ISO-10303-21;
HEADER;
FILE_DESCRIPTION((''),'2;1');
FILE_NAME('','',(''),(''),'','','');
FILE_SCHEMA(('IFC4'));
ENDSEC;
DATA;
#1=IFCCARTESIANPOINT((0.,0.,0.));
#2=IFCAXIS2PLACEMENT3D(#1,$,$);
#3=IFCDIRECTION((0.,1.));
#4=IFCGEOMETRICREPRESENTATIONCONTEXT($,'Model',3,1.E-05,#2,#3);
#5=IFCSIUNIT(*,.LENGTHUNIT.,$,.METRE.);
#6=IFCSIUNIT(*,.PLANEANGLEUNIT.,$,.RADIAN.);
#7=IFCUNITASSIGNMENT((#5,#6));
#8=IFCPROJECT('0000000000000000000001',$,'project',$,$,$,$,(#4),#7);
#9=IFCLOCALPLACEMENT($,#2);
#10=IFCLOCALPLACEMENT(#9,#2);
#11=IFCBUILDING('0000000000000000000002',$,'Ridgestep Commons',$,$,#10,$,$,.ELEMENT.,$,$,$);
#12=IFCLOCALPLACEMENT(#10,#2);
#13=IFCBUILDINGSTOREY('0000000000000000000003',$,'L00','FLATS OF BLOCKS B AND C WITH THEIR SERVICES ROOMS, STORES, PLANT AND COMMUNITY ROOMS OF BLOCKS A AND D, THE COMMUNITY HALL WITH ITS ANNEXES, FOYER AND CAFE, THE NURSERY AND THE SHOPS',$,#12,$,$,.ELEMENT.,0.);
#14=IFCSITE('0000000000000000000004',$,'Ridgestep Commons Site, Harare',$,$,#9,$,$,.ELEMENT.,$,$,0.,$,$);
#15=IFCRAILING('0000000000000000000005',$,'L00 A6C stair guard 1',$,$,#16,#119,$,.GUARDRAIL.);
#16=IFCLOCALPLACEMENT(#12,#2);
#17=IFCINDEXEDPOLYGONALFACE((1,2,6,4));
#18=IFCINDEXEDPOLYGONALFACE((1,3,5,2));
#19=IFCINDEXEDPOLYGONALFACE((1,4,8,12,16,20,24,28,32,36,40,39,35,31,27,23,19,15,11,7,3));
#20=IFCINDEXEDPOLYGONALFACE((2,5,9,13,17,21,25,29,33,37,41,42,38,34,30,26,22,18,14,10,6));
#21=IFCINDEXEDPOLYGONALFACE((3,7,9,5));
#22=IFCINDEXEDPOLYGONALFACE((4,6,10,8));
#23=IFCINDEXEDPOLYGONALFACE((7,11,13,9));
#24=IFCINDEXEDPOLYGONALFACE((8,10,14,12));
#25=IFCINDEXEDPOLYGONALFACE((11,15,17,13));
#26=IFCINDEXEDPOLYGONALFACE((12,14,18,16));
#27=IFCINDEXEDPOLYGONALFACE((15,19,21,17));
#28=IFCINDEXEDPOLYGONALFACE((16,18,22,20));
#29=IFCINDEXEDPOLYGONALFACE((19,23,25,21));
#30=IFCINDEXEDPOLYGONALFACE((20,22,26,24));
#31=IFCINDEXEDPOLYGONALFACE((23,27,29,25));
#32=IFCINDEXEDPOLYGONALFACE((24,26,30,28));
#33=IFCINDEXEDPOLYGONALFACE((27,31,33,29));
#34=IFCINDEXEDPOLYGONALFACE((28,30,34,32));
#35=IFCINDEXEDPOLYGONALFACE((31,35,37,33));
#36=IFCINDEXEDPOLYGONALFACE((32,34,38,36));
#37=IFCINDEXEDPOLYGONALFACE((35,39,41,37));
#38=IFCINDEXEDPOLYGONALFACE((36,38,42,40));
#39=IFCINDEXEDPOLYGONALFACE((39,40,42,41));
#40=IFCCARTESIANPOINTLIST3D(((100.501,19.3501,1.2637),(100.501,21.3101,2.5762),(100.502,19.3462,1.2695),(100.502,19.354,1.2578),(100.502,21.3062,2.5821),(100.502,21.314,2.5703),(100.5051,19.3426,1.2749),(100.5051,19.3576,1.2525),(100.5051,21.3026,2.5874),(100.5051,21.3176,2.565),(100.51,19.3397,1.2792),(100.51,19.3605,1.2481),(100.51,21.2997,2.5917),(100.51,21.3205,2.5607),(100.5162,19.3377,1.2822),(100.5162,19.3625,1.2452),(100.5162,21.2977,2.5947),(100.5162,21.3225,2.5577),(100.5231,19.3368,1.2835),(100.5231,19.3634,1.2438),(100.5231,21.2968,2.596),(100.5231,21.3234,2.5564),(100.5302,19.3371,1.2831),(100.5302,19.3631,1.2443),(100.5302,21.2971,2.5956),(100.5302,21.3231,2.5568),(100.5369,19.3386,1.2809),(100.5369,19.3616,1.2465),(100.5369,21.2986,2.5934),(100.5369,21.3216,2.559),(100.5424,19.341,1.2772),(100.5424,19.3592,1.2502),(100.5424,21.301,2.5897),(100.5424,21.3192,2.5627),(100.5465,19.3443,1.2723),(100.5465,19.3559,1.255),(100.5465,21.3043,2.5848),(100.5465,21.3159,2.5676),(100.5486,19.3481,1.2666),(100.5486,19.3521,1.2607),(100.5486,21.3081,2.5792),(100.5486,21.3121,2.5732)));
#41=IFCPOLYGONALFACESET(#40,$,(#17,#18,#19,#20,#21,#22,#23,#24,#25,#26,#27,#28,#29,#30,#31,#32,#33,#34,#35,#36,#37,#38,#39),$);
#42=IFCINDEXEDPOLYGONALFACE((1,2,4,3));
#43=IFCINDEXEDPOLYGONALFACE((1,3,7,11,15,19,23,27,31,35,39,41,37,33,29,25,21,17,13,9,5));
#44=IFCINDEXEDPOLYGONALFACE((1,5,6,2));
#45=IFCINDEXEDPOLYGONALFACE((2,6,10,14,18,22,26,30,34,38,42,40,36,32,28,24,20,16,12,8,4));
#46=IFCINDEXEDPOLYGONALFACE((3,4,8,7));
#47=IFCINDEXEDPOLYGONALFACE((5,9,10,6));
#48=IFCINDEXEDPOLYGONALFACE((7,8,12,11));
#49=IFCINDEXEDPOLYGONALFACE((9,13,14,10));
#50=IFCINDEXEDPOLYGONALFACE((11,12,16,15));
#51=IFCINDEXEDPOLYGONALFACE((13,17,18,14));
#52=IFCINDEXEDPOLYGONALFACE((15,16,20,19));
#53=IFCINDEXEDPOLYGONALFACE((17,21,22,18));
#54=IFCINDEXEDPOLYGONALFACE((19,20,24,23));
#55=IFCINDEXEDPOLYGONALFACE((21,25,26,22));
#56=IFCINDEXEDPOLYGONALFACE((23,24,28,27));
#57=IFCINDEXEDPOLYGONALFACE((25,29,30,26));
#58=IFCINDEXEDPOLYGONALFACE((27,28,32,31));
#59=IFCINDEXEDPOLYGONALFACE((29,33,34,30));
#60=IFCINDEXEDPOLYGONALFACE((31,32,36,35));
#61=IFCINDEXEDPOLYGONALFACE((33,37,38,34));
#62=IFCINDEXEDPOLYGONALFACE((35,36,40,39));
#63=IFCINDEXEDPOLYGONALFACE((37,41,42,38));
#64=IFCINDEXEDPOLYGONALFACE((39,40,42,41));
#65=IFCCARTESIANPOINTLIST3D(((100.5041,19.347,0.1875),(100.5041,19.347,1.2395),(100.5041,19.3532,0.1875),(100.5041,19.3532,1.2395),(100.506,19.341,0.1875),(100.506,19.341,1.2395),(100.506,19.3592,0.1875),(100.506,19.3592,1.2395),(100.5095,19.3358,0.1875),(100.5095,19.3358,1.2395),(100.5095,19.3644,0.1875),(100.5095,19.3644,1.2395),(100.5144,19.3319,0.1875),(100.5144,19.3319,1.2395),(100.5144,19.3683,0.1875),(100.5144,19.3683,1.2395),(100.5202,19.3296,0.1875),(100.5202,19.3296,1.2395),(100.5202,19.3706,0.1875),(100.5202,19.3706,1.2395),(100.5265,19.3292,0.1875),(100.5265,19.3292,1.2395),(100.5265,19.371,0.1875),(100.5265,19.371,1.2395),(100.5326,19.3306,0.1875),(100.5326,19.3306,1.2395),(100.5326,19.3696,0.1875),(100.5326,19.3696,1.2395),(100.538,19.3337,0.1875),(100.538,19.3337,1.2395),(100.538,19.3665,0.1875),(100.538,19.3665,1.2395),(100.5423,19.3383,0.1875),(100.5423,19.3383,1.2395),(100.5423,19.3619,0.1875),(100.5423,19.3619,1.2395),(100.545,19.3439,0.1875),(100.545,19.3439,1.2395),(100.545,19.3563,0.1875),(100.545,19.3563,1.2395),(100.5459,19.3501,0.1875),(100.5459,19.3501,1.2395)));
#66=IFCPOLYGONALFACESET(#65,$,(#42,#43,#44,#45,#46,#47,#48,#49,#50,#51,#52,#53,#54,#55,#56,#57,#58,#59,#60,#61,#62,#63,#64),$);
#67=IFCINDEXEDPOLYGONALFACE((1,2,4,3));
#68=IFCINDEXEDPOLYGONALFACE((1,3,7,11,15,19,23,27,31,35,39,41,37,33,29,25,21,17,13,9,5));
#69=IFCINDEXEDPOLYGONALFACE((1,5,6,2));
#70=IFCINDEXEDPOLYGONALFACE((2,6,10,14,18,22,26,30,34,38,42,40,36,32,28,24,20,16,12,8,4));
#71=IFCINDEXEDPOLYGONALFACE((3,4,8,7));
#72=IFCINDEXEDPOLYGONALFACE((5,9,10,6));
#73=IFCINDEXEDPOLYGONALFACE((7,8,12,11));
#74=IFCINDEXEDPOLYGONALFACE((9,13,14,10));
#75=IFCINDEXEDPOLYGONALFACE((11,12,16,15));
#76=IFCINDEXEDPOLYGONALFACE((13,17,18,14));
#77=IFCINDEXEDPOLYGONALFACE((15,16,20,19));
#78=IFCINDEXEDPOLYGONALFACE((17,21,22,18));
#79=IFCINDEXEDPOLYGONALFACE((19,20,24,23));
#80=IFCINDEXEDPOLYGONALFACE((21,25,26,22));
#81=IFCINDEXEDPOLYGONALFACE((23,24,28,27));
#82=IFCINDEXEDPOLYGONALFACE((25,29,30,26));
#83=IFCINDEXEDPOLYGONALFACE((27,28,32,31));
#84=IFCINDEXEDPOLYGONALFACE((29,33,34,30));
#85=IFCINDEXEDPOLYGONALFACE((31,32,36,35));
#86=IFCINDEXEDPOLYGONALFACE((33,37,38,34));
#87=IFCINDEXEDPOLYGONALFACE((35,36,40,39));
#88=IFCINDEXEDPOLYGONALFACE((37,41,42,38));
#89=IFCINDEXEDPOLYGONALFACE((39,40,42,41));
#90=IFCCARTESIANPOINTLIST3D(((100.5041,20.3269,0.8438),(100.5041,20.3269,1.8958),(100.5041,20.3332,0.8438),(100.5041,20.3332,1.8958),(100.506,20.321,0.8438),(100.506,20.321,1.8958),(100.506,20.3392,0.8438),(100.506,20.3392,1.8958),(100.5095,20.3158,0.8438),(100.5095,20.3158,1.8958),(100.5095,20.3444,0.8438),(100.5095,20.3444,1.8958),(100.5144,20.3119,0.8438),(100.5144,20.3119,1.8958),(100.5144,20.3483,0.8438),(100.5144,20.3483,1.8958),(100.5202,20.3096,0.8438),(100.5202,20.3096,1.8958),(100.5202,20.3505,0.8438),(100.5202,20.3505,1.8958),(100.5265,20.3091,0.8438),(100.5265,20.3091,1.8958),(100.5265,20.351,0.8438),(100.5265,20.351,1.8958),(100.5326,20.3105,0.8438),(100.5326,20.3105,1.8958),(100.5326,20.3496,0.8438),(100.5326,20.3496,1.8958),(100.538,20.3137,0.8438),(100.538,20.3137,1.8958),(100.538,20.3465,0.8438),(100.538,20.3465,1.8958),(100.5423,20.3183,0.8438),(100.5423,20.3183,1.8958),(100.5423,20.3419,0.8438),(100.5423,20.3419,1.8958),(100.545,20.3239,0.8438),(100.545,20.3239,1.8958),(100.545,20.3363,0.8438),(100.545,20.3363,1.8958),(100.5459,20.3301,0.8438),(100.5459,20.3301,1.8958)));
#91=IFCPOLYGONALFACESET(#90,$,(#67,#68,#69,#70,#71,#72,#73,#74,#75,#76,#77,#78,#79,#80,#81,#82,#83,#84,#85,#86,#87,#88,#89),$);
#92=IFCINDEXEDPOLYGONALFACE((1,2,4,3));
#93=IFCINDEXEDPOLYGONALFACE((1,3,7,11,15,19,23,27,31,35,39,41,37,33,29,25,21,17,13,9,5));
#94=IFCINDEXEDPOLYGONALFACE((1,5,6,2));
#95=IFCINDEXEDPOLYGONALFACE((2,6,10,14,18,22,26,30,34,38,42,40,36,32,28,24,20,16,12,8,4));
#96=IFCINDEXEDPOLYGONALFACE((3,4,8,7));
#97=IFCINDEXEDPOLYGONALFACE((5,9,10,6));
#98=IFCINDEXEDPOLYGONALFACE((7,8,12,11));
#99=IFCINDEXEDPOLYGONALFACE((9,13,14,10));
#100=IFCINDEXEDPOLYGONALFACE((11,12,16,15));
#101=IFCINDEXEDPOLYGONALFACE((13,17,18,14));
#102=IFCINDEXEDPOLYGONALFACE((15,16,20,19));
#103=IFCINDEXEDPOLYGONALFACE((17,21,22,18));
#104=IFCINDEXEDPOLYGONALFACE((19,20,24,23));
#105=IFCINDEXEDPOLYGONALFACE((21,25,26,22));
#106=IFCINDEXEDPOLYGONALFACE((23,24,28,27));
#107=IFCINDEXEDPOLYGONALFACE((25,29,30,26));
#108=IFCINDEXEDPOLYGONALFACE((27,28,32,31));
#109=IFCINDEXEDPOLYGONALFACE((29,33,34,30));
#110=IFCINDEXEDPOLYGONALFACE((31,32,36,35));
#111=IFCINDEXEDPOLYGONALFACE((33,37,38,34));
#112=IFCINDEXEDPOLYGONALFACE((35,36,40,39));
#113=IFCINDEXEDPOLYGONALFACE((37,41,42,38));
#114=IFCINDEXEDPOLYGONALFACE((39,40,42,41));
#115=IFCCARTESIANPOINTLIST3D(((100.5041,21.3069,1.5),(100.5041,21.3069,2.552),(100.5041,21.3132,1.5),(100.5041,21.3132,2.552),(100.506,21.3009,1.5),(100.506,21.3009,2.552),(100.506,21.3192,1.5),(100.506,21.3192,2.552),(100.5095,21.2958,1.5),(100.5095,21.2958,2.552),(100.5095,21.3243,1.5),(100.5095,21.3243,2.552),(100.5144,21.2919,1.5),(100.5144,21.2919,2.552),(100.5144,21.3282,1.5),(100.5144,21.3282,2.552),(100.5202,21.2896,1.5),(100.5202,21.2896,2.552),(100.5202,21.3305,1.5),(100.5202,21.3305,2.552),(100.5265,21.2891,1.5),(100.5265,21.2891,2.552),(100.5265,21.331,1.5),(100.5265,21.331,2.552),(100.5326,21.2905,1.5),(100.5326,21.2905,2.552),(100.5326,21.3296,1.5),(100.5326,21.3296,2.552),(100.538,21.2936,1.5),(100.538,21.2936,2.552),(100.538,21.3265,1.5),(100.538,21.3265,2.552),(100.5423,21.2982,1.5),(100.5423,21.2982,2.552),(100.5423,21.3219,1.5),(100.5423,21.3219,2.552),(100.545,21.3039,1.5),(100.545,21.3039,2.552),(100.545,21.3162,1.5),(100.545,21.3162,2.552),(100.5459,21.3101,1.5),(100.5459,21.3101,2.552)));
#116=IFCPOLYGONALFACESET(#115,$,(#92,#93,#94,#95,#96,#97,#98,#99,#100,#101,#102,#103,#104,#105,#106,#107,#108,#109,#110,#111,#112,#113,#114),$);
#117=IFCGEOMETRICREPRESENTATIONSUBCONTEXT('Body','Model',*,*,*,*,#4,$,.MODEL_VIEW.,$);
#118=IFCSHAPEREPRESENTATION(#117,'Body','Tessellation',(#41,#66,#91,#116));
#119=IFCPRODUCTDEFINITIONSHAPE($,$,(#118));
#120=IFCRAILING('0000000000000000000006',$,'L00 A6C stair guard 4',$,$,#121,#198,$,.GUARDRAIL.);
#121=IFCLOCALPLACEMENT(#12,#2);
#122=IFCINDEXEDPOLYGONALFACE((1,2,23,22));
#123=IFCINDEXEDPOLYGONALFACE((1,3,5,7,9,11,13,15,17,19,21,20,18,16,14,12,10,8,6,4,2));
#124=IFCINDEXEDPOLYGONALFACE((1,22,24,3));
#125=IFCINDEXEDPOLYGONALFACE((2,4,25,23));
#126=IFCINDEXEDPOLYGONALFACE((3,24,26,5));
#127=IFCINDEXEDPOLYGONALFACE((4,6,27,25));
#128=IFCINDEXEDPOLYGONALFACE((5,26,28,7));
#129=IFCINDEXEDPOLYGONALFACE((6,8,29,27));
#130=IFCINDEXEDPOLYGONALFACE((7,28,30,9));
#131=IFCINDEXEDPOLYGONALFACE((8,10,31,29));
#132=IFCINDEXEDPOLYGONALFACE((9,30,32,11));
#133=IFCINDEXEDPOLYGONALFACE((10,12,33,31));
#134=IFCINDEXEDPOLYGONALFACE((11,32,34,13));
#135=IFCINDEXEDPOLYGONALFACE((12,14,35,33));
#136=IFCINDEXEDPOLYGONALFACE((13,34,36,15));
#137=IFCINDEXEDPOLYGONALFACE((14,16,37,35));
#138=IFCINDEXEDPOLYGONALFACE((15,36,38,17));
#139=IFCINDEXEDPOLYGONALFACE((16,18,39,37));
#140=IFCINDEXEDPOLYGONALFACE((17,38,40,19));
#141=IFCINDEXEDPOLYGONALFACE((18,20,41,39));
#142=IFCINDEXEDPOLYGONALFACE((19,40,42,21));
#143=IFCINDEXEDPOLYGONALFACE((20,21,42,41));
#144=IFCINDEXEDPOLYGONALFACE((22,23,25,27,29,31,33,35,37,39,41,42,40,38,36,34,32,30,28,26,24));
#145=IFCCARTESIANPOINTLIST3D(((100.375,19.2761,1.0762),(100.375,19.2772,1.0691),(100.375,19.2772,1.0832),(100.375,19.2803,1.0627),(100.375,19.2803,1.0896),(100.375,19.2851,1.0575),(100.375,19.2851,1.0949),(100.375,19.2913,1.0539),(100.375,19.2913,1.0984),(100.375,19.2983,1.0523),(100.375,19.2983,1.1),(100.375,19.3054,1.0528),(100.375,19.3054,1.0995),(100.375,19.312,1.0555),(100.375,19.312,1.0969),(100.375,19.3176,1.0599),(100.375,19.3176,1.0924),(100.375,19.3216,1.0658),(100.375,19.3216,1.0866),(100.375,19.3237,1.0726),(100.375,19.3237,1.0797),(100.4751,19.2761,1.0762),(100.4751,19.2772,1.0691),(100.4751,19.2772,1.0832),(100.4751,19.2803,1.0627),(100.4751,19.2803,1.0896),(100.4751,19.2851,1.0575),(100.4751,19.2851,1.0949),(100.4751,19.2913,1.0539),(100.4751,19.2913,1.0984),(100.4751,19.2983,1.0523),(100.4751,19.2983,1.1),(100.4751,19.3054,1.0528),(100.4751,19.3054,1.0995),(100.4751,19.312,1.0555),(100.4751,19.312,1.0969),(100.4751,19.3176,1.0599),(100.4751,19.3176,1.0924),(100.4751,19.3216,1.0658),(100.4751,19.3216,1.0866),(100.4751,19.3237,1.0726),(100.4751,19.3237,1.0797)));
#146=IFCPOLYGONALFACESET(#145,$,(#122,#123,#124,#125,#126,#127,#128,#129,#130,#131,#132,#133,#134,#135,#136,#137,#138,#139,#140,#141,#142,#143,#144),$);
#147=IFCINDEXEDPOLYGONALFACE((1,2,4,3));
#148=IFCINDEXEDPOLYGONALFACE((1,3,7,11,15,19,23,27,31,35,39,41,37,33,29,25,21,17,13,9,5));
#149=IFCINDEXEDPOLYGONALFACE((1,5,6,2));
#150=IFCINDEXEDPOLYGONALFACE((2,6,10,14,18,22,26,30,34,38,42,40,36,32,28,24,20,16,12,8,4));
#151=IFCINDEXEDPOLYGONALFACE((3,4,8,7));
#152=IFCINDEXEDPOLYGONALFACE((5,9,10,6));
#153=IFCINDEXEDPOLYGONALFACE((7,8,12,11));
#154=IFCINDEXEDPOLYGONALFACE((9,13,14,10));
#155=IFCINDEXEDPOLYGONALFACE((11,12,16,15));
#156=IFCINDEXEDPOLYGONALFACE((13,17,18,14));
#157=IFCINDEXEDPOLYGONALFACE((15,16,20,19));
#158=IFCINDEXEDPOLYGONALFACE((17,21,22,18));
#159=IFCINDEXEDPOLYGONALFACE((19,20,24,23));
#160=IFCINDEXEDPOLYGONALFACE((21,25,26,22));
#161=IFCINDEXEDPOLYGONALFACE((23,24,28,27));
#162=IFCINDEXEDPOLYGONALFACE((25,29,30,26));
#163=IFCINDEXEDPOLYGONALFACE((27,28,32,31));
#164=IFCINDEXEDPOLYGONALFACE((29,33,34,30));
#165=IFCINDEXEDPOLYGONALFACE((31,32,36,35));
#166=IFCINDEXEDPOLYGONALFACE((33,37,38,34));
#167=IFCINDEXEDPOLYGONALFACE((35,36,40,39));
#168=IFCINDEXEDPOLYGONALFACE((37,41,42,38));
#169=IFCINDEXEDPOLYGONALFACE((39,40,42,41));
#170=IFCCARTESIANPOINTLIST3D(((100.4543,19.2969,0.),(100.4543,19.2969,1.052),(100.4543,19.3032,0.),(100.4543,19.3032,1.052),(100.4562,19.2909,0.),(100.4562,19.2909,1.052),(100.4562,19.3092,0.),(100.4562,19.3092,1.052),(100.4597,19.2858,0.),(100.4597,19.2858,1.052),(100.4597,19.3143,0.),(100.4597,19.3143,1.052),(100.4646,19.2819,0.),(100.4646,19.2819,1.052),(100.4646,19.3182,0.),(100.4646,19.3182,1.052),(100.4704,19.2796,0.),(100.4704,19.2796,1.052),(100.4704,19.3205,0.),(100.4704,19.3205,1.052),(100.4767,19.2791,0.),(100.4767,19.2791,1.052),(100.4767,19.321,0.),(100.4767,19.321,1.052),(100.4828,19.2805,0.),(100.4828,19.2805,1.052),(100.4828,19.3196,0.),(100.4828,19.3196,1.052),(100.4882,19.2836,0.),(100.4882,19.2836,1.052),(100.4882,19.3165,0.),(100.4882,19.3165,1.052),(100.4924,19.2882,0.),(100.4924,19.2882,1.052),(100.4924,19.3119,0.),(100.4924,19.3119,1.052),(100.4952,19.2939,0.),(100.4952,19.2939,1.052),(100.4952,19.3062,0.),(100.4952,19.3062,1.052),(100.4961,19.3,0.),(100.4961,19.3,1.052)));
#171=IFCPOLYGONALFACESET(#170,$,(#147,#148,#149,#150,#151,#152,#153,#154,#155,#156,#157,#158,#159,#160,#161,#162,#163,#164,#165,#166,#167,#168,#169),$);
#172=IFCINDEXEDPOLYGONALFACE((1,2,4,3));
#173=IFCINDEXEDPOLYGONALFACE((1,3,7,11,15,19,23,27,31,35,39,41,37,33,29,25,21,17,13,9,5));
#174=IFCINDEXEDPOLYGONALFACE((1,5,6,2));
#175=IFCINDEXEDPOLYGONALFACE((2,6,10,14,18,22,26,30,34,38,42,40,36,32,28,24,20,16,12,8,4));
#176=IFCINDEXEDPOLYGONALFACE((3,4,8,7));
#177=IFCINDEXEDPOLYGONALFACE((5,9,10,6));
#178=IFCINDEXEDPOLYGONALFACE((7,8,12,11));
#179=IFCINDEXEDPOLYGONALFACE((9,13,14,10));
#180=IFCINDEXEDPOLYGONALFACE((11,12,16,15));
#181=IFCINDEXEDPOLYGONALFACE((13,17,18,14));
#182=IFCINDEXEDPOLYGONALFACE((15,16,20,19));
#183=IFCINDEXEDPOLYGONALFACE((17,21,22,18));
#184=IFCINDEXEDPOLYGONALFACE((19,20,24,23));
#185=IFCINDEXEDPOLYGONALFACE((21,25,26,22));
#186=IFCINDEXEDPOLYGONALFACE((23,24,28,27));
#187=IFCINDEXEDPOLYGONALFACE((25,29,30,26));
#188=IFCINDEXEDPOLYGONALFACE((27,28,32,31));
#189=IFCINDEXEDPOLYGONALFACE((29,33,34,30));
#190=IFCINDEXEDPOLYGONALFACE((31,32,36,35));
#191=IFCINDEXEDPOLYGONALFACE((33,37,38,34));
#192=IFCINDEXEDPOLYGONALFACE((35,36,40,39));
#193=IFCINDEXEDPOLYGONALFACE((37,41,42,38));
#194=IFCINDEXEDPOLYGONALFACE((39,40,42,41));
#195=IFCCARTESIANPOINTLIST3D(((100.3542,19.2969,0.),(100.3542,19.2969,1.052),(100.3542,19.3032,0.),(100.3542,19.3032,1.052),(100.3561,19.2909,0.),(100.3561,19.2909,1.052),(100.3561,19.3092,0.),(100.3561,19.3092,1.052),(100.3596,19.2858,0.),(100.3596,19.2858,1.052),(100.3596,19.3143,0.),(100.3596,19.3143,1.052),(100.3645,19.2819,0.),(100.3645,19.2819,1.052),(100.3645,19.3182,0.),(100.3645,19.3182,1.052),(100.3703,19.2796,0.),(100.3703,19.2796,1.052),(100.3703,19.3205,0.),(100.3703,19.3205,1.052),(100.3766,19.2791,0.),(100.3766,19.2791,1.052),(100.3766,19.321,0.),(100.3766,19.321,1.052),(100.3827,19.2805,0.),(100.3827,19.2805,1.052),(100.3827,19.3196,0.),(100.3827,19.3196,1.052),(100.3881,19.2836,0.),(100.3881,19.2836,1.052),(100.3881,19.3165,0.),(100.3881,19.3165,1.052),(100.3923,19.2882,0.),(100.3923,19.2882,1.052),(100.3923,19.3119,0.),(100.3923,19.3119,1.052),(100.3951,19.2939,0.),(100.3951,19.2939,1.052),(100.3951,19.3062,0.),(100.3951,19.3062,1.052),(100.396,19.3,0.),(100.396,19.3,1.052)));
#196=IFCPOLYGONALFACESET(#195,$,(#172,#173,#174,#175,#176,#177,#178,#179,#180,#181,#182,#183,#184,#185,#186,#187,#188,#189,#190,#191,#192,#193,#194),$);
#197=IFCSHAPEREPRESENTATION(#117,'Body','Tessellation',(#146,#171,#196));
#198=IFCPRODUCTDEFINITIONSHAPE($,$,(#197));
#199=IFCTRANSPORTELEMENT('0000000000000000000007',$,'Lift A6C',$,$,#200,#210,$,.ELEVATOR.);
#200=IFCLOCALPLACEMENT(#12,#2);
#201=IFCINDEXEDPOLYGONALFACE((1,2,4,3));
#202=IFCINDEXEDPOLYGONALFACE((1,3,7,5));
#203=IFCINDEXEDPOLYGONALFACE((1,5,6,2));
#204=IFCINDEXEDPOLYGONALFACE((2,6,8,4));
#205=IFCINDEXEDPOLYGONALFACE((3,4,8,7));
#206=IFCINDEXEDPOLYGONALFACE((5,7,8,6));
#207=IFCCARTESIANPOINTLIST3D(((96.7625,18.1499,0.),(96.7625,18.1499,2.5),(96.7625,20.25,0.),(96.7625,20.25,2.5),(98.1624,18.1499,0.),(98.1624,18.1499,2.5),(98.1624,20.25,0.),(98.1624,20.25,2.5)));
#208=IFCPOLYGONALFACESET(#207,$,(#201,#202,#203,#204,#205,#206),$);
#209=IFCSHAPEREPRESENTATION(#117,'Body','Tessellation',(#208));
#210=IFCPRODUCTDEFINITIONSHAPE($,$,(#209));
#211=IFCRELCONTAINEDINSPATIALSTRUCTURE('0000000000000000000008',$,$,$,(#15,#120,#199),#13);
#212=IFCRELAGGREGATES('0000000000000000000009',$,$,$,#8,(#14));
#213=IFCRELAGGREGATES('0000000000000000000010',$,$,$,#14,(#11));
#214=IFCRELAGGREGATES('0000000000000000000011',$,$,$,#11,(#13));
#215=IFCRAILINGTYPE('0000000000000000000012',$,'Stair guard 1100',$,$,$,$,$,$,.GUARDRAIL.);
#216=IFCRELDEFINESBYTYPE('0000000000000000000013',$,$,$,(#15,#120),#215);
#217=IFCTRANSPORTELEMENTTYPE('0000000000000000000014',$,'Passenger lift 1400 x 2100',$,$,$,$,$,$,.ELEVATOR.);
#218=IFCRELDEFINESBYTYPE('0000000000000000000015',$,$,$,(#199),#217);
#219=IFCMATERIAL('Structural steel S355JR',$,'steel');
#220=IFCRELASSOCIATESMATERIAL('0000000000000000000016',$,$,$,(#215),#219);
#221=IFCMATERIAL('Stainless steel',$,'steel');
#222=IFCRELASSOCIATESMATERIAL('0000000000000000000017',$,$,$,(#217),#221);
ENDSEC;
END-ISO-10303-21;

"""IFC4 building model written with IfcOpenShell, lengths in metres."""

from ifc_helpers import new_model, si_unit, direction, frame, origin, origin_2d, place, context, subcontext, project, spatial, rectangle, circle, extrude, material, type_object, element, save


model = new_model("IFC4")

# Units and contexts
model_context = context("Model", 3, precision=1e-05, world=origin(), true_north=direction((0.0, 1.0)))
body_context = subcontext(model_context, "Body", "Model", "MODEL_VIEW")
ifc_project = project(units=[si_unit("LENGTHUNIT", "METRE"), si_unit("PLANEANGLEUNIT", "RADIAN")], contexts=[model_context])

# Site, building, storey
site_placement = place(None, origin())
site = spatial("IfcSite", under=ifc_project, at=site_placement, Name="Ridgestep Commons Site, Harare", CompositionType="ELEMENT", RefElevation=0.0)
building_placement = place(site_placement, origin())
building = spatial("IfcBuilding", under=site, at=building_placement, Name="Ridgestep Commons", CompositionType="ELEMENT")
storey_placement = place(building_placement, origin())
storey = spatial("IfcBuildingStorey", under=building, at=storey_placement, Name="L00", Description="FLATS OF BLOCKS B AND C WITH THEIR SERVICES ROOMS, STORES, PLANT AND COMMUNITY ROOMS OF BLOCKS A AND D, THE COMMUNITY HALL WITH ITS ANNEXES, FOYER AND CAFE, THE NURSERY AND THE SHOPS", CompositionType="ELEMENT", Elevation=0.0)

# Railings
ifc_material_1 = material(Name="Structural steel S355JR", Category="steel")
railing_type_1 = type_object("IfcRailingType", Name="Stair guard 1100", PredefinedType="GUARDRAIL", material=ifc_material_1)
railing_1_placement = place(storey_placement, frame((100.5249, 19.3501, 0.1875)))
element("IfcRailing", 1, at=railing_1_placement, inside=storey, type_object=railing_type_1, Name="L00 A6C stair guard 1", PredefinedType="GUARDRAIL", context=body_context, shape_type="SweptSolid", body=[
    extrude(circle(Radius=0.0239, at=origin_2d()), frame((0.0, 0.0, 1.0762), z_axis=(0.0, 0.830902, 0.556419), x_axis=(-1.0, 0.0, 0.0)), (0.0, 0.0, 1.0), 2.3589),
    extrude(circle(Radius=0.021, at=origin_2d()), origin(), (0.0, 0.0, 1.0), 1.052),
    extrude(circle(Radius=0.021, at=origin_2d()), frame((0.0, 0.98, 0.6562)), (0.0, 0.0, 1.0), 1.052),
    extrude(circle(Radius=0.021, at=origin_2d()), frame((0.0, 1.96, 1.3125)), (0.0, 0.0, 1.0), 1.052),
])
railing_2_placement = place(storey_placement, frame((100.4751, 19.3, 0.0)))
element("IfcRailing", 2, at=railing_2_placement, inside=storey, type_object=railing_type_1, Name="L00 A6C stair guard 4", PredefinedType="GUARDRAIL", context=body_context, shape_type="SweptSolid", body=[
    extrude(circle(Radius=0.0239, at=origin_2d()), frame((0.0, 0.0, 1.0762), z_axis=(-1.0, 0.0, 0.0), x_axis=(0.0, -1.0, 0.0)), (0.0, 0.0, 1.0), 0.1001),
    extrude(circle(Radius=0.021, at=origin_2d()), origin(), (0.0, 0.0, 1.0), 1.052),
    extrude(circle(Radius=0.021, at=origin_2d()), frame((-0.1001, 0.0, 0.0)), (0.0, 0.0, 1.0), 1.052),
])

# Transport element
ifc_material_2 = material(Name="Stainless steel", Category="steel")
transport_element_type = type_object("IfcTransportElementType", Name="Passenger lift 1400 x 2100", PredefinedType="ELEVATOR", material=ifc_material_2)
transport_element_placement = place(storey_placement, frame((97.4624, 19.2, 0.0), z_axis=(0.0, 0.0, 1.0), x_axis=(1.0, 0.0, 0.0)))
element("IfcTransportElement", 3, at=transport_element_placement, inside=storey, type_object=transport_element_type, Name="Lift A6C", PredefinedType="ELEVATOR", context=body_context, shape_type="SweptSolid", body=[
    extrude(rectangle(XDim=1.3999, YDim=2.1001, at=origin_2d()), origin(), (0.0, 0.0, 1.0), 2.5),
])

save(model, "model.ifc")
